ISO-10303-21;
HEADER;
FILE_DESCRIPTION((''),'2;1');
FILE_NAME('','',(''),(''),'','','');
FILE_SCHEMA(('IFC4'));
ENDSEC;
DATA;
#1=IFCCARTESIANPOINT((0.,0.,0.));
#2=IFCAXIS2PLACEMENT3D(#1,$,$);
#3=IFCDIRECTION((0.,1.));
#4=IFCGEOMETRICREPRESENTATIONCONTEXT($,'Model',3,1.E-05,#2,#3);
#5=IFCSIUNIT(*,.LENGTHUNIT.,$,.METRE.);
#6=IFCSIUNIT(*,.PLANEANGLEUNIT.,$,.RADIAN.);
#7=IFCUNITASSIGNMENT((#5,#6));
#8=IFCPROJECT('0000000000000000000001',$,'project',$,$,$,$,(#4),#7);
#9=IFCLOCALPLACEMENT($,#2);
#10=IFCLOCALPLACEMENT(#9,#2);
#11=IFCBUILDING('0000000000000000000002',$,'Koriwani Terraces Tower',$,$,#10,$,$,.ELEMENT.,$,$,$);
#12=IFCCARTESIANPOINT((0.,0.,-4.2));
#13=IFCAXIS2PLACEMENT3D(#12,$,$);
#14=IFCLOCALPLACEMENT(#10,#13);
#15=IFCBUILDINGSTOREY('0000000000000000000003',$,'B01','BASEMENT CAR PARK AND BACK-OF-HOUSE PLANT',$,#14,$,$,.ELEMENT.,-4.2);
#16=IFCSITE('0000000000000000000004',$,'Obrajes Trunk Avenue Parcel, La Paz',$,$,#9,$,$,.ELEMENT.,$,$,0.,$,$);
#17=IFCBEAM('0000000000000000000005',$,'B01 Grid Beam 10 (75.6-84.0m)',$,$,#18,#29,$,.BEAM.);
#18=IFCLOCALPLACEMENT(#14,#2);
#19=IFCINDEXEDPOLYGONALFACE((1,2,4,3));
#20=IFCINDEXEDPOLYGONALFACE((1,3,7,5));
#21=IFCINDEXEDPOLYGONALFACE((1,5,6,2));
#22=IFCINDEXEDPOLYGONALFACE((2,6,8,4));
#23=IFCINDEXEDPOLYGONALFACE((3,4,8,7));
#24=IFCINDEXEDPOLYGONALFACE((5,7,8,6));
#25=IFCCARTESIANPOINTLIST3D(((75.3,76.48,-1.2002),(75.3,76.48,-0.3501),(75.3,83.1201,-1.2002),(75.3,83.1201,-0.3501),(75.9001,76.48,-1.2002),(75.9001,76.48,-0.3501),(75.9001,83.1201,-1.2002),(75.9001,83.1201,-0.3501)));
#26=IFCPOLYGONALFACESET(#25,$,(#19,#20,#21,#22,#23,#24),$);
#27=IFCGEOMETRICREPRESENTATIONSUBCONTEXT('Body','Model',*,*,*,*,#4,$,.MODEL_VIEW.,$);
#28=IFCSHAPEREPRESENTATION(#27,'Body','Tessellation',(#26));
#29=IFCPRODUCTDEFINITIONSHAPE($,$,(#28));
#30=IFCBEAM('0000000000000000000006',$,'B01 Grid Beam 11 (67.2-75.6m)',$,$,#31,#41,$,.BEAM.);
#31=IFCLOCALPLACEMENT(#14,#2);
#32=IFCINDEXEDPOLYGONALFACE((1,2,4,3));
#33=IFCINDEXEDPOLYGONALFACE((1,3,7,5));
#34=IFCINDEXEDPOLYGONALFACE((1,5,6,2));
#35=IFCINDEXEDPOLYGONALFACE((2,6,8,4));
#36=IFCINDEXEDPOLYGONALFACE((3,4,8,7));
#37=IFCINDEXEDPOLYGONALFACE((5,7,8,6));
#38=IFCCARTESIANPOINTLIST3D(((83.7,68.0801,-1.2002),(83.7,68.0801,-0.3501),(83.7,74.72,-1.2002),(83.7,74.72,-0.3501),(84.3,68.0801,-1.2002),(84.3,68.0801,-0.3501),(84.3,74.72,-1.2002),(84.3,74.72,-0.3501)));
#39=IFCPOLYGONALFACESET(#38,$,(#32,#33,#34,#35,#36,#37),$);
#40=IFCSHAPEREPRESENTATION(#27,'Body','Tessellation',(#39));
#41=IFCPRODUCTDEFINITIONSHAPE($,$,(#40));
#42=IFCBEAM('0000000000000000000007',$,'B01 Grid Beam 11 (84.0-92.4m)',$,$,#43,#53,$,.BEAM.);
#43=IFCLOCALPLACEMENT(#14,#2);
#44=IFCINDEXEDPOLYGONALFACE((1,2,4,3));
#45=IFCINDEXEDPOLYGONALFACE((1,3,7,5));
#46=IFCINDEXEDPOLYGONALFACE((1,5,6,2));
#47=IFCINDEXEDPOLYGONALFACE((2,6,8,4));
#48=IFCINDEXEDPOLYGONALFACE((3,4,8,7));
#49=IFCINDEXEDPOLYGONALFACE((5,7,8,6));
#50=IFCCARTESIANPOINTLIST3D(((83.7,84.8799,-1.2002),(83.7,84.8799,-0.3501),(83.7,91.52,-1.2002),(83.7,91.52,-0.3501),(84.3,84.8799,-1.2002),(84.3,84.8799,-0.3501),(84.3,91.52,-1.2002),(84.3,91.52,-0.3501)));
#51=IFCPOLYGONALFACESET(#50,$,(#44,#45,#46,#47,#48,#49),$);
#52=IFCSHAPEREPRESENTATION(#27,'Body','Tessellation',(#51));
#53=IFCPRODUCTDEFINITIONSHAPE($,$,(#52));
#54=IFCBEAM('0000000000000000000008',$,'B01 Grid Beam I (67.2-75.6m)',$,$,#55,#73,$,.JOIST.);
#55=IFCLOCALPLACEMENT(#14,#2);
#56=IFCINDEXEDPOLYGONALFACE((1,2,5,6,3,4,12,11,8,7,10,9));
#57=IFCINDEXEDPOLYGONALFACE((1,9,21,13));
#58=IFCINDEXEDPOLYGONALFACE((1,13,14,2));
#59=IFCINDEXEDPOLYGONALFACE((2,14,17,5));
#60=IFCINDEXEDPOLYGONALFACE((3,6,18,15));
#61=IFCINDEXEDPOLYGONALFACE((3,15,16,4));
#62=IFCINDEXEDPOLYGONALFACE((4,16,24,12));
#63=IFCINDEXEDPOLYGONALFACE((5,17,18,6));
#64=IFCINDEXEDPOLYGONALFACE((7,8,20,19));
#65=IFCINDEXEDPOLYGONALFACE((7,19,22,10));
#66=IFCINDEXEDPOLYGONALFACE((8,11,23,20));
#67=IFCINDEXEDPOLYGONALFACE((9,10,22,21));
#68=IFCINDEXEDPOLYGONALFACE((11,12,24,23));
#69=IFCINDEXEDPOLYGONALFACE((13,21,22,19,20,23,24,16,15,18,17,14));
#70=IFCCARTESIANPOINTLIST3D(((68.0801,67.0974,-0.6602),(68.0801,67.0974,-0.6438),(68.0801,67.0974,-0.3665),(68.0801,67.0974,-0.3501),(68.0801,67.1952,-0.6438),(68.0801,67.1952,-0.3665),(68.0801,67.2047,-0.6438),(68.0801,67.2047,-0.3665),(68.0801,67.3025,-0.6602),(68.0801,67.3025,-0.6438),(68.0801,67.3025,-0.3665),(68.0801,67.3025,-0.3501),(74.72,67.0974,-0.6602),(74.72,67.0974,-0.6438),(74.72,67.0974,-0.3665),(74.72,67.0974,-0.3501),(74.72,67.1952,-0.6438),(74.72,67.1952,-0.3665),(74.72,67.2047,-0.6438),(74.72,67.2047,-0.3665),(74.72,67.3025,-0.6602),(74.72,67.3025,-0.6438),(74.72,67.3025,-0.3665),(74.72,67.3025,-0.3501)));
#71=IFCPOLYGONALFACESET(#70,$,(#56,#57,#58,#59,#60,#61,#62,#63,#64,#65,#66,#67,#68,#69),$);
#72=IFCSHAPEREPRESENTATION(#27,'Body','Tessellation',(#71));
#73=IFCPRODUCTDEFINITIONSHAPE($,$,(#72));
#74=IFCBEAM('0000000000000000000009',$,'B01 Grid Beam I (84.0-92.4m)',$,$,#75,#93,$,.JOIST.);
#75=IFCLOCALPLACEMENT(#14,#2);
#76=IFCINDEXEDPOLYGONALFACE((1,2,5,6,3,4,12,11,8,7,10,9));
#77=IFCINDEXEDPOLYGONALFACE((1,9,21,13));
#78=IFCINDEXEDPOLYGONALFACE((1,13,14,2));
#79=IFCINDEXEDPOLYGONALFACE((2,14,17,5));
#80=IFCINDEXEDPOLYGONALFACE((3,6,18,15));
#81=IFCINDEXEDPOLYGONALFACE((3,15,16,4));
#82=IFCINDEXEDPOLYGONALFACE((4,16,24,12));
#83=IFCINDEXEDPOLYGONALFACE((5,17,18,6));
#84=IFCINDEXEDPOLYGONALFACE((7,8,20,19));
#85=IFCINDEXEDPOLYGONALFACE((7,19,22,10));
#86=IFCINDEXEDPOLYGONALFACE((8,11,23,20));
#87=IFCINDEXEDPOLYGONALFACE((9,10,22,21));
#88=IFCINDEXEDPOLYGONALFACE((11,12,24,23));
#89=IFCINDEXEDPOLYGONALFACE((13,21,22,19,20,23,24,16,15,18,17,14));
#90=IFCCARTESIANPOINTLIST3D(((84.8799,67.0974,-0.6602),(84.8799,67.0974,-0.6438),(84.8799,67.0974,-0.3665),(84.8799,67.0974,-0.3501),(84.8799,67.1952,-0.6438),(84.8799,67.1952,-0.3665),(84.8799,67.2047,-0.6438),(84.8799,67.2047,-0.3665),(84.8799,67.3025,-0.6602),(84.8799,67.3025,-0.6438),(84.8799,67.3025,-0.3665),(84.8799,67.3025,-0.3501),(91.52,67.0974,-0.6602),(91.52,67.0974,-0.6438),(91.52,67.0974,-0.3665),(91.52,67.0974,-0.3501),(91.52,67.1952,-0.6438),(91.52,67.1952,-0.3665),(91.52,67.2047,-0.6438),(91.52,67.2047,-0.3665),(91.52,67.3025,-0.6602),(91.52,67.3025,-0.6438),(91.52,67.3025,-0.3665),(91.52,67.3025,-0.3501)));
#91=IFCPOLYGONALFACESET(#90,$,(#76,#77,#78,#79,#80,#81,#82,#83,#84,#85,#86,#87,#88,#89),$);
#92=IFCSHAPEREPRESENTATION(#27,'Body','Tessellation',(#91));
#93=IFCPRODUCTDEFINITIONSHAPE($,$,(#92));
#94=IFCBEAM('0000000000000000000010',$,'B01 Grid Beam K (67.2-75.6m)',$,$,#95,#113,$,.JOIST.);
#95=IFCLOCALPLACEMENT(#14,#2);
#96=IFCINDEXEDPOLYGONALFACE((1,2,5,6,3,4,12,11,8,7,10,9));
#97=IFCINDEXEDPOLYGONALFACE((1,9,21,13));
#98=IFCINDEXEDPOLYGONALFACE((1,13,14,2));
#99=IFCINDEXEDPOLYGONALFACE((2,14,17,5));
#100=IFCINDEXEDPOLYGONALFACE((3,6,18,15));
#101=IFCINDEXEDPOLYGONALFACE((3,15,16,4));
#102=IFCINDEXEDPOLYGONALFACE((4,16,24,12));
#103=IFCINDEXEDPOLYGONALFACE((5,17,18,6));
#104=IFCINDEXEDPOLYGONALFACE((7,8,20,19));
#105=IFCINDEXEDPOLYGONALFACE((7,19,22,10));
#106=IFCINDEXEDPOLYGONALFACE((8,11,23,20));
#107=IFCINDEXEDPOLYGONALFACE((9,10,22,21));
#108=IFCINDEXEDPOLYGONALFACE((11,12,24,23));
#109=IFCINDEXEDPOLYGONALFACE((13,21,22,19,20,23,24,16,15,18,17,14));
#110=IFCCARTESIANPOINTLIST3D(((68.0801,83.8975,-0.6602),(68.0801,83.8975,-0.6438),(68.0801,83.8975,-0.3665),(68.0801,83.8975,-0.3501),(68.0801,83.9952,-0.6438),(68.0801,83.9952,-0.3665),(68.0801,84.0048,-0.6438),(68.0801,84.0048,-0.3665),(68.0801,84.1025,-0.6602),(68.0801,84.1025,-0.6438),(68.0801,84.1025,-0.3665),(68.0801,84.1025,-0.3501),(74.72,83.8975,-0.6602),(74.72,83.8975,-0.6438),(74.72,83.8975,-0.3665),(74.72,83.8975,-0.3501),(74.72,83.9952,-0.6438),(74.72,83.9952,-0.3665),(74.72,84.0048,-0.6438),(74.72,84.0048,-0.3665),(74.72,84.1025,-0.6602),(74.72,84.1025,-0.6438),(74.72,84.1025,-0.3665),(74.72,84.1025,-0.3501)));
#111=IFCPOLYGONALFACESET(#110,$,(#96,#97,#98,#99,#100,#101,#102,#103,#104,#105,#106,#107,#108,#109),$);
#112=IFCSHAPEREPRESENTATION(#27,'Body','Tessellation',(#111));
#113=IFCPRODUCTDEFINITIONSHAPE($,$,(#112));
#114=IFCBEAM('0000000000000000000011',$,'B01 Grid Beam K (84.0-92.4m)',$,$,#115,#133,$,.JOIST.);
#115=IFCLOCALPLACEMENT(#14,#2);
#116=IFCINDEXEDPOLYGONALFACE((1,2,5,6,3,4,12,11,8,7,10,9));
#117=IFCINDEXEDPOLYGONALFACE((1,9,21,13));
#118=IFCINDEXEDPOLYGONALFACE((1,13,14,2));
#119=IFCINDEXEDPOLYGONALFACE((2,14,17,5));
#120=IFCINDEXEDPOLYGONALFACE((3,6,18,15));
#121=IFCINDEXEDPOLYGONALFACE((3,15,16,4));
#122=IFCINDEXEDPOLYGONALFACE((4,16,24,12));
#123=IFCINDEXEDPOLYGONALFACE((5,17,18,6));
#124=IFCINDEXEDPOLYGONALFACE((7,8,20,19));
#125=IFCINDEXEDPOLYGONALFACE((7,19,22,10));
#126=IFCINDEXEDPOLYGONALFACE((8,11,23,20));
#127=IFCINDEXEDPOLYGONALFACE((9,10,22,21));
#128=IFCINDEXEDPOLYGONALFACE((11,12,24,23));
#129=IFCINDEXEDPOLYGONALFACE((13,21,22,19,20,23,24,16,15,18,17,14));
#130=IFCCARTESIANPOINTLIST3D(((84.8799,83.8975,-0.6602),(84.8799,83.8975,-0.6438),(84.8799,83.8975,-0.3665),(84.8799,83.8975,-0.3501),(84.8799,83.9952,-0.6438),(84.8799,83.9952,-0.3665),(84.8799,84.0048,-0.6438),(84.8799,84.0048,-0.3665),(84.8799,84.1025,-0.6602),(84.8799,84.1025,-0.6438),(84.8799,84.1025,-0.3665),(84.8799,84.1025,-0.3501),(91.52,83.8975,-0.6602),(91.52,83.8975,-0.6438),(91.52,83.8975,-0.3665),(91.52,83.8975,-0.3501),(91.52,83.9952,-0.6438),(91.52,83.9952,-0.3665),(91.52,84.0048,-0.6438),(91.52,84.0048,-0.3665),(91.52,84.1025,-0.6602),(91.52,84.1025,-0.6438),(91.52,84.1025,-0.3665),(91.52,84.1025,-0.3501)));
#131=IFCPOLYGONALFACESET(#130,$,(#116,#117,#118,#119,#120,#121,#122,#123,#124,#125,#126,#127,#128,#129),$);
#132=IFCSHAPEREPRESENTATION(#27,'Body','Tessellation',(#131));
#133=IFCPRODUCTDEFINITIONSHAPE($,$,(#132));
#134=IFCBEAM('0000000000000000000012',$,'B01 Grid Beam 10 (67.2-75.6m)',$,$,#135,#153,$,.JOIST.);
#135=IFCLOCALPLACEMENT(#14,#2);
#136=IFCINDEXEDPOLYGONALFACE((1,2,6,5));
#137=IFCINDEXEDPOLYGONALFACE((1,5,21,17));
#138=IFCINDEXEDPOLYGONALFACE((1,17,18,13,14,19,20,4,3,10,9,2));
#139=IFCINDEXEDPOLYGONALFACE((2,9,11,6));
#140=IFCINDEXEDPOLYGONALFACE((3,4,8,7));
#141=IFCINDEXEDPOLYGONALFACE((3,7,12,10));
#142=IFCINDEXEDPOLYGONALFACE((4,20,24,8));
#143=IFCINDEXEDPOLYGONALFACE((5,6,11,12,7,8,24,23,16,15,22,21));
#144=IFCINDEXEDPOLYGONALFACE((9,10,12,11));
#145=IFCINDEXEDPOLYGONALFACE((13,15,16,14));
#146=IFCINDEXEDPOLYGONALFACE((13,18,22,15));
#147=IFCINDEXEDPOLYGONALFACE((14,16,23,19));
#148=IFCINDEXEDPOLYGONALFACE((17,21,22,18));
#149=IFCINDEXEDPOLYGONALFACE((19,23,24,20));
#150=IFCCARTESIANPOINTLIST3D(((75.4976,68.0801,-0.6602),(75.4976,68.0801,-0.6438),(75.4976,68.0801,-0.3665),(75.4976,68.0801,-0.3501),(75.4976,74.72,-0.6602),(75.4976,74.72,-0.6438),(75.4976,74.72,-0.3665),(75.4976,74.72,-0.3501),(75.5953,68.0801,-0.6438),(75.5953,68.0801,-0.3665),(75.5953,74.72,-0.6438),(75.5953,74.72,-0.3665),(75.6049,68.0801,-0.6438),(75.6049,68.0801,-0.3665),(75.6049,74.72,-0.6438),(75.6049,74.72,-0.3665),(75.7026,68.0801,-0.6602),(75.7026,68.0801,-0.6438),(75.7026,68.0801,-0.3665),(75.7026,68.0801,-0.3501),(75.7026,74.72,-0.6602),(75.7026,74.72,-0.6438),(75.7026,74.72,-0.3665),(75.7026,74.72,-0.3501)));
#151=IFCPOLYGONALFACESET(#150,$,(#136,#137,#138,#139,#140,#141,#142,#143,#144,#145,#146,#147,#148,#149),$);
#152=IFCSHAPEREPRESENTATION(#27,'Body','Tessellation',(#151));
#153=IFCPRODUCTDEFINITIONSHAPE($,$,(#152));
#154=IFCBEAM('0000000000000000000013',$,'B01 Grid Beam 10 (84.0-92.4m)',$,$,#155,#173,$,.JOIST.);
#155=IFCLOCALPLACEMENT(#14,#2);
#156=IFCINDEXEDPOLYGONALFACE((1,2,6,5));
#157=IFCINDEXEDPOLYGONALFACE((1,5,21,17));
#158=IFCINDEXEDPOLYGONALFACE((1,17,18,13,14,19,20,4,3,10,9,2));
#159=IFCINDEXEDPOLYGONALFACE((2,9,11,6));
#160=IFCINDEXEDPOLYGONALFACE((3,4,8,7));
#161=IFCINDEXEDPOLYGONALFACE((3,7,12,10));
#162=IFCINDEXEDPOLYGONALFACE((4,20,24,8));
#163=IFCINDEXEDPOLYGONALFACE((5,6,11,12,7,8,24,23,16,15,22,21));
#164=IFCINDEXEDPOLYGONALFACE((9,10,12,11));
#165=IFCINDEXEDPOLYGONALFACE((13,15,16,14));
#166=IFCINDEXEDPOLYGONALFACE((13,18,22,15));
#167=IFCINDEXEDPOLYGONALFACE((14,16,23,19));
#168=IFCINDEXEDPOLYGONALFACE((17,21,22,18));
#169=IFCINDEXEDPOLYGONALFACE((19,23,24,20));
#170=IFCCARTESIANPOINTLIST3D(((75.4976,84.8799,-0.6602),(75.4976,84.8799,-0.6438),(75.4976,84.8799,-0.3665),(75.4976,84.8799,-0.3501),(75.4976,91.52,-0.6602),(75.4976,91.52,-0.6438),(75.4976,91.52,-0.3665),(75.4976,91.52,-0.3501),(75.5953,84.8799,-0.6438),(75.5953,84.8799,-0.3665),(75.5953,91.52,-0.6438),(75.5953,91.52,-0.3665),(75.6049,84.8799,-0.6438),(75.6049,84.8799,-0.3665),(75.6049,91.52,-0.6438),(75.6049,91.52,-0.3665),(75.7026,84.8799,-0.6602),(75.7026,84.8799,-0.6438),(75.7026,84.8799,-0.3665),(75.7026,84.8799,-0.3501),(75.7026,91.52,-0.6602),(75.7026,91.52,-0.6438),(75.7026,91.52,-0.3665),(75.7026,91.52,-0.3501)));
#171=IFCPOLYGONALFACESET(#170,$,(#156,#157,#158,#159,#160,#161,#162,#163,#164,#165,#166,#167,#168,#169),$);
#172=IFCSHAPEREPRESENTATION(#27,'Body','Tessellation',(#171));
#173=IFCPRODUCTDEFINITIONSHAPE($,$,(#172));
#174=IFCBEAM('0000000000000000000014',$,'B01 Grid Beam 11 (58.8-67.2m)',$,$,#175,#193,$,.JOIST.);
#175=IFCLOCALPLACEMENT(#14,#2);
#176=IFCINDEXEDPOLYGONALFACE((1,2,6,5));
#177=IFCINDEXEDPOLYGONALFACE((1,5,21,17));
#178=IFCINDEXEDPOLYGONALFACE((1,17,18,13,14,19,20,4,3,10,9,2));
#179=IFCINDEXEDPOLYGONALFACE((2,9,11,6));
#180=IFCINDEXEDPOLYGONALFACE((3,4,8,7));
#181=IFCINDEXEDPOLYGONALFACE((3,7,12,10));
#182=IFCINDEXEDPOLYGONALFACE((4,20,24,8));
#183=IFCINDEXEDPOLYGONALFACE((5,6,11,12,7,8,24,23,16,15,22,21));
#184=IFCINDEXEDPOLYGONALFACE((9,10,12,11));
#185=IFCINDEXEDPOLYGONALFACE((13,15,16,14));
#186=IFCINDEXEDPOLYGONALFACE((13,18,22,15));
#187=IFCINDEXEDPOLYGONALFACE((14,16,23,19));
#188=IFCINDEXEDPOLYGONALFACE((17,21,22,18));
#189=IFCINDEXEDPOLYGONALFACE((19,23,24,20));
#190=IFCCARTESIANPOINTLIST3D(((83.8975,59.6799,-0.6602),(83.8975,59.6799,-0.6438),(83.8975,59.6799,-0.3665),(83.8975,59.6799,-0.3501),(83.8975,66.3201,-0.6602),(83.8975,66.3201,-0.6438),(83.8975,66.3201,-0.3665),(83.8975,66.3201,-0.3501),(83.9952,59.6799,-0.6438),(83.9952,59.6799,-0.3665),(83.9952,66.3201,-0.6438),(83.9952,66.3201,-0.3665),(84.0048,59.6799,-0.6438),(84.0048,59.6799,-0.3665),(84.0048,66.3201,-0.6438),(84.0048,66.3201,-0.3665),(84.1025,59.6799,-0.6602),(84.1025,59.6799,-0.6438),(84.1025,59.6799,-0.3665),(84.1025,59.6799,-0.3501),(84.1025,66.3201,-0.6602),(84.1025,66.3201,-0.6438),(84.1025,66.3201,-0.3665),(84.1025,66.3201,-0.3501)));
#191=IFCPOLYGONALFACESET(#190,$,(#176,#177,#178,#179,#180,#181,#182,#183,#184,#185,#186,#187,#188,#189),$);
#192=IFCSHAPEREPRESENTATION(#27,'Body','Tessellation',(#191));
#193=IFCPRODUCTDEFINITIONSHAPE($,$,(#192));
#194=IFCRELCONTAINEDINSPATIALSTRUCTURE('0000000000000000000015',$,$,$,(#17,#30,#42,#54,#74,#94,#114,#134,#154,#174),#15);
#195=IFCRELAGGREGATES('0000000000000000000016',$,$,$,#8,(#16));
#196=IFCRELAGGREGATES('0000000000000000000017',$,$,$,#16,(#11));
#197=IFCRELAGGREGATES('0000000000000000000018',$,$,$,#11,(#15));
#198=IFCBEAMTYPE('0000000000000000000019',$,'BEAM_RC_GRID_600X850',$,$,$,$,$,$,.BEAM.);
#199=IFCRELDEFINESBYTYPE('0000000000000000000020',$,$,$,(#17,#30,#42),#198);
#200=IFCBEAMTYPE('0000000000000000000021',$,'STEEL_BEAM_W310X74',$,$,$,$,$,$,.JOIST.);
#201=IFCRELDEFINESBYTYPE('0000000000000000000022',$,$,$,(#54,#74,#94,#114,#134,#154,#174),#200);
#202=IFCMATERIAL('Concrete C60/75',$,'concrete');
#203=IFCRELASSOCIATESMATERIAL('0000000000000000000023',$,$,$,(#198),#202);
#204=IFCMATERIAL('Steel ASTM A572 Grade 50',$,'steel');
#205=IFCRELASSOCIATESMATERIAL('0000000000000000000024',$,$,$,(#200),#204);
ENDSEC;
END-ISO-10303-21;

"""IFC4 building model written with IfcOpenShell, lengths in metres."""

from ifc_helpers import new_model, si_unit, direction, frame, origin, origin_2d, place, context, subcontext, project, spatial, rectangle, i_section, extrude, material, material_profile, profile_set, type_object, element, save


model = new_model("IFC4")

# Units and contexts
model_context = context("Model", 3, precision=1e-05, world=origin(), true_north=direction((0.0, 1.0)))
body_context = subcontext(model_context, "Body", "Model", "MODEL_VIEW")
ifc_project = project(units=[si_unit("LENGTHUNIT", "METRE"), si_unit("PLANEANGLEUNIT", "RADIAN")], contexts=[model_context])

# Site, building, storey
site_placement = place(None, origin())
site = spatial("IfcSite", under=ifc_project, at=site_placement, Name="Obrajes Trunk Avenue Parcel, La Paz", CompositionType="ELEMENT", RefElevation=0.0)
building_placement = place(site_placement, origin())
building = spatial("IfcBuilding", under=site, at=building_placement, Name="Koriwani Terraces Tower", CompositionType="ELEMENT")
storey_placement = place(building_placement, frame((0.0, 0.0, -4.2)))
storey = spatial("IfcBuildingStorey", under=building, at=storey_placement, Name="B01", Description="BASEMENT CAR PARK AND BACK-OF-HOUSE PLANT", CompositionType="ELEMENT", Elevation=-4.2)

# Shared definitions
ifc_material_1 = material(Name="Concrete C60/75", Category="concrete")

# Beams
ifc_material_profile_1 = material_profile(ifc_material_1, rectangle(XDim=0.6001, YDim=0.8501, at=origin_2d()), Name="Concrete C60/75", Category="LoadBearing")
ifc_profile_set_1 = profile_set([ifc_material_profile_1], Name="Concrete C60/75")
beam_type_1 = type_object("IfcBeamType", Name="BEAM_RC_GRID_600X850", PredefinedType="BEAM", material=ifc_profile_set_1)
for number, where, z_axis, x_axis, name in (
    (1, (75.6001, 76.48, -0.7751), (0.0, 1.0, 0.0), (-1.0, 0.0, 0.0), "B01 Grid Beam 10 (75.6-84.0m)"),
):
    element("IfcBeam", number, at=place(storey_placement, frame(where, z_axis=z_axis, x_axis=x_axis)), inside=storey, type_object=beam_type_1, Name=name, PredefinedType="BEAM", context=body_context, shape_type="SweptSolid", body=[
        extrude(rectangle(XDim=0.6001, YDim=0.8501, at=origin_2d()), origin(), (0.0, 0.0, 1.0), 6.6401),
    ])
beam_1_placement = place(storey_placement, frame((84.0, 68.0801, -0.7751), z_axis=(0.0, 1.0, 0.0), x_axis=(-1.0, 0.0, 0.0)))
element("IfcBeam", 2, at=beam_1_placement, inside=storey, type_object=beam_type_1, Name="B01 Grid Beam 11 (67.2-75.6m)", PredefinedType="BEAM", context=body_context, shape_type="SweptSolid", body=[
    extrude(rectangle(XDim=0.6001, YDim=0.8501, at=origin_2d()), origin(), (0.0, 0.0, 1.0), 6.6399),
])
beam_2_placement = place(storey_placement, frame((84.0, 84.8799, -0.7751), z_axis=(0.0, 1.0, 0.0), x_axis=(-1.0, 0.0, 0.0)))
element("IfcBeam", 3, at=beam_2_placement, inside=storey, type_object=beam_type_1, Name="B01 Grid Beam 11 (84.0-92.4m)", PredefinedType="BEAM", context=body_context, shape_type="SweptSolid", body=[
    extrude(rectangle(XDim=0.6001, YDim=0.8501, at=origin_2d()), origin(), (0.0, 0.0, 1.0), 6.6401),
])
ifc_material_2 = material(Name="Steel ASTM A572 Grade 50", Category="steel")
ifc_material_profile_2 = material_profile(ifc_material_2, i_section(OverallWidth=0.2051, OverallDepth=0.3101, WebThickness=0.0095, FlangeThickness=0.0164, at=origin_2d()), Name="Steel ASTM A572 Grade 50", Category="LoadBearing")
ifc_profile_set_2 = profile_set([ifc_material_profile_2], Name="Steel ASTM A572 Grade 50")
beam_type_2 = type_object("IfcBeamType", Name="STEEL_BEAM_W310X74", PredefinedType="JOIST", material=ifc_profile_set_2)
beam_3_placement = place(storey_placement, frame((68.0801, 67.2, -0.5051), z_axis=(1.0, 0.0, 0.0), x_axis=(0.0, 1.0, 0.0)))
element("IfcBeam", 4, at=beam_3_placement, inside=storey, type_object=beam_type_2, Name="B01 Grid Beam I (67.2-75.6m)", PredefinedType="JOIST", context=body_context, shape_type="SweptSolid", body=[
    extrude(i_section(OverallWidth=0.2051, OverallDepth=0.3101, WebThickness=0.0095, FlangeThickness=0.0164, at=origin_2d()), origin(), (0.0, 0.0, 1.0), 6.6399),
])
beam_4_placement = place(storey_placement, frame((84.8799, 67.2, -0.5051), z_axis=(1.0, 0.0, 0.0), x_axis=(0.0, 1.0, 0.0)))
element("IfcBeam", 5, at=beam_4_placement, inside=storey, type_object=beam_type_2, Name="B01 Grid Beam I (84.0-92.4m)", PredefinedType="JOIST", context=body_context, shape_type="SweptSolid", body=[
    extrude(i_section(OverallWidth=0.2051, OverallDepth=0.3101, WebThickness=0.0095, FlangeThickness=0.0164, at=origin_2d()), origin(), (0.0, 0.0, 1.0), 6.6401),
])
beam_5_placement = place(storey_placement, frame((68.0801, 84.0, -0.5051), z_axis=(1.0, 0.0, 0.0), x_axis=(0.0, 1.0, 0.0)))
element("IfcBeam", 6, at=beam_5_placement, inside=storey, type_object=beam_type_2, Name="B01 Grid Beam K (67.2-75.6m)", PredefinedType="JOIST", context=body_context, shape_type="SweptSolid", body=[
    extrude(i_section(OverallWidth=0.2051, OverallDepth=0.3101, WebThickness=0.0095, FlangeThickness=0.0164, at=origin_2d()), origin(), (0.0, 0.0, 1.0), 6.6399),
])
beam_6_placement = place(storey_placement, frame((84.8799, 84.0, -0.5051), z_axis=(1.0, 0.0, 0.0), x_axis=(0.0, 1.0, 0.0)))
element("IfcBeam", 7, at=beam_6_placement, inside=storey, type_object=beam_type_2, Name="B01 Grid Beam K (84.0-92.4m)", PredefinedType="JOIST", context=body_context, shape_type="SweptSolid", body=[
    extrude(i_section(OverallWidth=0.2051, OverallDepth=0.3101, WebThickness=0.0095, FlangeThickness=0.0164, at=origin_2d()), origin(), (0.0, 0.0, 1.0), 6.6401),
])
beam_7_placement = place(storey_placement, frame((75.6001, 68.0801, -0.5051), z_axis=(0.0, 1.0, 0.0), x_axis=(-1.0, 0.0, 0.0)))
element("IfcBeam", 8, at=beam_7_placement, inside=storey, type_object=beam_type_2, Name="B01 Grid Beam 10 (67.2-75.6m)", PredefinedType="JOIST", context=body_context, shape_type="SweptSolid", body=[
    extrude(i_section(OverallWidth=0.2051, OverallDepth=0.3101, WebThickness=0.0095, FlangeThickness=0.0164, at=origin_2d()), origin(), (0.0, 0.0, 1.0), 6.6399),
])
for number, where, z_axis, x_axis, name in (
    (9, (75.6001, 84.8799, -0.5051), (0.0, 1.0, 0.0), (-1.0, 0.0, 0.0), "B01 Grid Beam 10 (84.0-92.4m)"),
    (10, (84.0, 59.6799, -0.5051), (0.0, 1.0, 0.0), (-1.0, 0.0, 0.0), "B01 Grid Beam 11 (58.8-67.2m)"),
):
    element("IfcBeam", number, at=place(storey_placement, frame(where, z_axis=z_axis, x_axis=x_axis)), inside=storey, type_object=beam_type_2, Name=name, PredefinedType="JOIST", context=body_context, shape_type="SweptSolid", body=[
        extrude(i_section(OverallWidth=0.2051, OverallDepth=0.3101, WebThickness=0.0095, FlangeThickness=0.0164, at=origin_2d()), origin(), (0.0, 0.0, 1.0), 6.6401),
    ])

save(model, "model.ifc")
